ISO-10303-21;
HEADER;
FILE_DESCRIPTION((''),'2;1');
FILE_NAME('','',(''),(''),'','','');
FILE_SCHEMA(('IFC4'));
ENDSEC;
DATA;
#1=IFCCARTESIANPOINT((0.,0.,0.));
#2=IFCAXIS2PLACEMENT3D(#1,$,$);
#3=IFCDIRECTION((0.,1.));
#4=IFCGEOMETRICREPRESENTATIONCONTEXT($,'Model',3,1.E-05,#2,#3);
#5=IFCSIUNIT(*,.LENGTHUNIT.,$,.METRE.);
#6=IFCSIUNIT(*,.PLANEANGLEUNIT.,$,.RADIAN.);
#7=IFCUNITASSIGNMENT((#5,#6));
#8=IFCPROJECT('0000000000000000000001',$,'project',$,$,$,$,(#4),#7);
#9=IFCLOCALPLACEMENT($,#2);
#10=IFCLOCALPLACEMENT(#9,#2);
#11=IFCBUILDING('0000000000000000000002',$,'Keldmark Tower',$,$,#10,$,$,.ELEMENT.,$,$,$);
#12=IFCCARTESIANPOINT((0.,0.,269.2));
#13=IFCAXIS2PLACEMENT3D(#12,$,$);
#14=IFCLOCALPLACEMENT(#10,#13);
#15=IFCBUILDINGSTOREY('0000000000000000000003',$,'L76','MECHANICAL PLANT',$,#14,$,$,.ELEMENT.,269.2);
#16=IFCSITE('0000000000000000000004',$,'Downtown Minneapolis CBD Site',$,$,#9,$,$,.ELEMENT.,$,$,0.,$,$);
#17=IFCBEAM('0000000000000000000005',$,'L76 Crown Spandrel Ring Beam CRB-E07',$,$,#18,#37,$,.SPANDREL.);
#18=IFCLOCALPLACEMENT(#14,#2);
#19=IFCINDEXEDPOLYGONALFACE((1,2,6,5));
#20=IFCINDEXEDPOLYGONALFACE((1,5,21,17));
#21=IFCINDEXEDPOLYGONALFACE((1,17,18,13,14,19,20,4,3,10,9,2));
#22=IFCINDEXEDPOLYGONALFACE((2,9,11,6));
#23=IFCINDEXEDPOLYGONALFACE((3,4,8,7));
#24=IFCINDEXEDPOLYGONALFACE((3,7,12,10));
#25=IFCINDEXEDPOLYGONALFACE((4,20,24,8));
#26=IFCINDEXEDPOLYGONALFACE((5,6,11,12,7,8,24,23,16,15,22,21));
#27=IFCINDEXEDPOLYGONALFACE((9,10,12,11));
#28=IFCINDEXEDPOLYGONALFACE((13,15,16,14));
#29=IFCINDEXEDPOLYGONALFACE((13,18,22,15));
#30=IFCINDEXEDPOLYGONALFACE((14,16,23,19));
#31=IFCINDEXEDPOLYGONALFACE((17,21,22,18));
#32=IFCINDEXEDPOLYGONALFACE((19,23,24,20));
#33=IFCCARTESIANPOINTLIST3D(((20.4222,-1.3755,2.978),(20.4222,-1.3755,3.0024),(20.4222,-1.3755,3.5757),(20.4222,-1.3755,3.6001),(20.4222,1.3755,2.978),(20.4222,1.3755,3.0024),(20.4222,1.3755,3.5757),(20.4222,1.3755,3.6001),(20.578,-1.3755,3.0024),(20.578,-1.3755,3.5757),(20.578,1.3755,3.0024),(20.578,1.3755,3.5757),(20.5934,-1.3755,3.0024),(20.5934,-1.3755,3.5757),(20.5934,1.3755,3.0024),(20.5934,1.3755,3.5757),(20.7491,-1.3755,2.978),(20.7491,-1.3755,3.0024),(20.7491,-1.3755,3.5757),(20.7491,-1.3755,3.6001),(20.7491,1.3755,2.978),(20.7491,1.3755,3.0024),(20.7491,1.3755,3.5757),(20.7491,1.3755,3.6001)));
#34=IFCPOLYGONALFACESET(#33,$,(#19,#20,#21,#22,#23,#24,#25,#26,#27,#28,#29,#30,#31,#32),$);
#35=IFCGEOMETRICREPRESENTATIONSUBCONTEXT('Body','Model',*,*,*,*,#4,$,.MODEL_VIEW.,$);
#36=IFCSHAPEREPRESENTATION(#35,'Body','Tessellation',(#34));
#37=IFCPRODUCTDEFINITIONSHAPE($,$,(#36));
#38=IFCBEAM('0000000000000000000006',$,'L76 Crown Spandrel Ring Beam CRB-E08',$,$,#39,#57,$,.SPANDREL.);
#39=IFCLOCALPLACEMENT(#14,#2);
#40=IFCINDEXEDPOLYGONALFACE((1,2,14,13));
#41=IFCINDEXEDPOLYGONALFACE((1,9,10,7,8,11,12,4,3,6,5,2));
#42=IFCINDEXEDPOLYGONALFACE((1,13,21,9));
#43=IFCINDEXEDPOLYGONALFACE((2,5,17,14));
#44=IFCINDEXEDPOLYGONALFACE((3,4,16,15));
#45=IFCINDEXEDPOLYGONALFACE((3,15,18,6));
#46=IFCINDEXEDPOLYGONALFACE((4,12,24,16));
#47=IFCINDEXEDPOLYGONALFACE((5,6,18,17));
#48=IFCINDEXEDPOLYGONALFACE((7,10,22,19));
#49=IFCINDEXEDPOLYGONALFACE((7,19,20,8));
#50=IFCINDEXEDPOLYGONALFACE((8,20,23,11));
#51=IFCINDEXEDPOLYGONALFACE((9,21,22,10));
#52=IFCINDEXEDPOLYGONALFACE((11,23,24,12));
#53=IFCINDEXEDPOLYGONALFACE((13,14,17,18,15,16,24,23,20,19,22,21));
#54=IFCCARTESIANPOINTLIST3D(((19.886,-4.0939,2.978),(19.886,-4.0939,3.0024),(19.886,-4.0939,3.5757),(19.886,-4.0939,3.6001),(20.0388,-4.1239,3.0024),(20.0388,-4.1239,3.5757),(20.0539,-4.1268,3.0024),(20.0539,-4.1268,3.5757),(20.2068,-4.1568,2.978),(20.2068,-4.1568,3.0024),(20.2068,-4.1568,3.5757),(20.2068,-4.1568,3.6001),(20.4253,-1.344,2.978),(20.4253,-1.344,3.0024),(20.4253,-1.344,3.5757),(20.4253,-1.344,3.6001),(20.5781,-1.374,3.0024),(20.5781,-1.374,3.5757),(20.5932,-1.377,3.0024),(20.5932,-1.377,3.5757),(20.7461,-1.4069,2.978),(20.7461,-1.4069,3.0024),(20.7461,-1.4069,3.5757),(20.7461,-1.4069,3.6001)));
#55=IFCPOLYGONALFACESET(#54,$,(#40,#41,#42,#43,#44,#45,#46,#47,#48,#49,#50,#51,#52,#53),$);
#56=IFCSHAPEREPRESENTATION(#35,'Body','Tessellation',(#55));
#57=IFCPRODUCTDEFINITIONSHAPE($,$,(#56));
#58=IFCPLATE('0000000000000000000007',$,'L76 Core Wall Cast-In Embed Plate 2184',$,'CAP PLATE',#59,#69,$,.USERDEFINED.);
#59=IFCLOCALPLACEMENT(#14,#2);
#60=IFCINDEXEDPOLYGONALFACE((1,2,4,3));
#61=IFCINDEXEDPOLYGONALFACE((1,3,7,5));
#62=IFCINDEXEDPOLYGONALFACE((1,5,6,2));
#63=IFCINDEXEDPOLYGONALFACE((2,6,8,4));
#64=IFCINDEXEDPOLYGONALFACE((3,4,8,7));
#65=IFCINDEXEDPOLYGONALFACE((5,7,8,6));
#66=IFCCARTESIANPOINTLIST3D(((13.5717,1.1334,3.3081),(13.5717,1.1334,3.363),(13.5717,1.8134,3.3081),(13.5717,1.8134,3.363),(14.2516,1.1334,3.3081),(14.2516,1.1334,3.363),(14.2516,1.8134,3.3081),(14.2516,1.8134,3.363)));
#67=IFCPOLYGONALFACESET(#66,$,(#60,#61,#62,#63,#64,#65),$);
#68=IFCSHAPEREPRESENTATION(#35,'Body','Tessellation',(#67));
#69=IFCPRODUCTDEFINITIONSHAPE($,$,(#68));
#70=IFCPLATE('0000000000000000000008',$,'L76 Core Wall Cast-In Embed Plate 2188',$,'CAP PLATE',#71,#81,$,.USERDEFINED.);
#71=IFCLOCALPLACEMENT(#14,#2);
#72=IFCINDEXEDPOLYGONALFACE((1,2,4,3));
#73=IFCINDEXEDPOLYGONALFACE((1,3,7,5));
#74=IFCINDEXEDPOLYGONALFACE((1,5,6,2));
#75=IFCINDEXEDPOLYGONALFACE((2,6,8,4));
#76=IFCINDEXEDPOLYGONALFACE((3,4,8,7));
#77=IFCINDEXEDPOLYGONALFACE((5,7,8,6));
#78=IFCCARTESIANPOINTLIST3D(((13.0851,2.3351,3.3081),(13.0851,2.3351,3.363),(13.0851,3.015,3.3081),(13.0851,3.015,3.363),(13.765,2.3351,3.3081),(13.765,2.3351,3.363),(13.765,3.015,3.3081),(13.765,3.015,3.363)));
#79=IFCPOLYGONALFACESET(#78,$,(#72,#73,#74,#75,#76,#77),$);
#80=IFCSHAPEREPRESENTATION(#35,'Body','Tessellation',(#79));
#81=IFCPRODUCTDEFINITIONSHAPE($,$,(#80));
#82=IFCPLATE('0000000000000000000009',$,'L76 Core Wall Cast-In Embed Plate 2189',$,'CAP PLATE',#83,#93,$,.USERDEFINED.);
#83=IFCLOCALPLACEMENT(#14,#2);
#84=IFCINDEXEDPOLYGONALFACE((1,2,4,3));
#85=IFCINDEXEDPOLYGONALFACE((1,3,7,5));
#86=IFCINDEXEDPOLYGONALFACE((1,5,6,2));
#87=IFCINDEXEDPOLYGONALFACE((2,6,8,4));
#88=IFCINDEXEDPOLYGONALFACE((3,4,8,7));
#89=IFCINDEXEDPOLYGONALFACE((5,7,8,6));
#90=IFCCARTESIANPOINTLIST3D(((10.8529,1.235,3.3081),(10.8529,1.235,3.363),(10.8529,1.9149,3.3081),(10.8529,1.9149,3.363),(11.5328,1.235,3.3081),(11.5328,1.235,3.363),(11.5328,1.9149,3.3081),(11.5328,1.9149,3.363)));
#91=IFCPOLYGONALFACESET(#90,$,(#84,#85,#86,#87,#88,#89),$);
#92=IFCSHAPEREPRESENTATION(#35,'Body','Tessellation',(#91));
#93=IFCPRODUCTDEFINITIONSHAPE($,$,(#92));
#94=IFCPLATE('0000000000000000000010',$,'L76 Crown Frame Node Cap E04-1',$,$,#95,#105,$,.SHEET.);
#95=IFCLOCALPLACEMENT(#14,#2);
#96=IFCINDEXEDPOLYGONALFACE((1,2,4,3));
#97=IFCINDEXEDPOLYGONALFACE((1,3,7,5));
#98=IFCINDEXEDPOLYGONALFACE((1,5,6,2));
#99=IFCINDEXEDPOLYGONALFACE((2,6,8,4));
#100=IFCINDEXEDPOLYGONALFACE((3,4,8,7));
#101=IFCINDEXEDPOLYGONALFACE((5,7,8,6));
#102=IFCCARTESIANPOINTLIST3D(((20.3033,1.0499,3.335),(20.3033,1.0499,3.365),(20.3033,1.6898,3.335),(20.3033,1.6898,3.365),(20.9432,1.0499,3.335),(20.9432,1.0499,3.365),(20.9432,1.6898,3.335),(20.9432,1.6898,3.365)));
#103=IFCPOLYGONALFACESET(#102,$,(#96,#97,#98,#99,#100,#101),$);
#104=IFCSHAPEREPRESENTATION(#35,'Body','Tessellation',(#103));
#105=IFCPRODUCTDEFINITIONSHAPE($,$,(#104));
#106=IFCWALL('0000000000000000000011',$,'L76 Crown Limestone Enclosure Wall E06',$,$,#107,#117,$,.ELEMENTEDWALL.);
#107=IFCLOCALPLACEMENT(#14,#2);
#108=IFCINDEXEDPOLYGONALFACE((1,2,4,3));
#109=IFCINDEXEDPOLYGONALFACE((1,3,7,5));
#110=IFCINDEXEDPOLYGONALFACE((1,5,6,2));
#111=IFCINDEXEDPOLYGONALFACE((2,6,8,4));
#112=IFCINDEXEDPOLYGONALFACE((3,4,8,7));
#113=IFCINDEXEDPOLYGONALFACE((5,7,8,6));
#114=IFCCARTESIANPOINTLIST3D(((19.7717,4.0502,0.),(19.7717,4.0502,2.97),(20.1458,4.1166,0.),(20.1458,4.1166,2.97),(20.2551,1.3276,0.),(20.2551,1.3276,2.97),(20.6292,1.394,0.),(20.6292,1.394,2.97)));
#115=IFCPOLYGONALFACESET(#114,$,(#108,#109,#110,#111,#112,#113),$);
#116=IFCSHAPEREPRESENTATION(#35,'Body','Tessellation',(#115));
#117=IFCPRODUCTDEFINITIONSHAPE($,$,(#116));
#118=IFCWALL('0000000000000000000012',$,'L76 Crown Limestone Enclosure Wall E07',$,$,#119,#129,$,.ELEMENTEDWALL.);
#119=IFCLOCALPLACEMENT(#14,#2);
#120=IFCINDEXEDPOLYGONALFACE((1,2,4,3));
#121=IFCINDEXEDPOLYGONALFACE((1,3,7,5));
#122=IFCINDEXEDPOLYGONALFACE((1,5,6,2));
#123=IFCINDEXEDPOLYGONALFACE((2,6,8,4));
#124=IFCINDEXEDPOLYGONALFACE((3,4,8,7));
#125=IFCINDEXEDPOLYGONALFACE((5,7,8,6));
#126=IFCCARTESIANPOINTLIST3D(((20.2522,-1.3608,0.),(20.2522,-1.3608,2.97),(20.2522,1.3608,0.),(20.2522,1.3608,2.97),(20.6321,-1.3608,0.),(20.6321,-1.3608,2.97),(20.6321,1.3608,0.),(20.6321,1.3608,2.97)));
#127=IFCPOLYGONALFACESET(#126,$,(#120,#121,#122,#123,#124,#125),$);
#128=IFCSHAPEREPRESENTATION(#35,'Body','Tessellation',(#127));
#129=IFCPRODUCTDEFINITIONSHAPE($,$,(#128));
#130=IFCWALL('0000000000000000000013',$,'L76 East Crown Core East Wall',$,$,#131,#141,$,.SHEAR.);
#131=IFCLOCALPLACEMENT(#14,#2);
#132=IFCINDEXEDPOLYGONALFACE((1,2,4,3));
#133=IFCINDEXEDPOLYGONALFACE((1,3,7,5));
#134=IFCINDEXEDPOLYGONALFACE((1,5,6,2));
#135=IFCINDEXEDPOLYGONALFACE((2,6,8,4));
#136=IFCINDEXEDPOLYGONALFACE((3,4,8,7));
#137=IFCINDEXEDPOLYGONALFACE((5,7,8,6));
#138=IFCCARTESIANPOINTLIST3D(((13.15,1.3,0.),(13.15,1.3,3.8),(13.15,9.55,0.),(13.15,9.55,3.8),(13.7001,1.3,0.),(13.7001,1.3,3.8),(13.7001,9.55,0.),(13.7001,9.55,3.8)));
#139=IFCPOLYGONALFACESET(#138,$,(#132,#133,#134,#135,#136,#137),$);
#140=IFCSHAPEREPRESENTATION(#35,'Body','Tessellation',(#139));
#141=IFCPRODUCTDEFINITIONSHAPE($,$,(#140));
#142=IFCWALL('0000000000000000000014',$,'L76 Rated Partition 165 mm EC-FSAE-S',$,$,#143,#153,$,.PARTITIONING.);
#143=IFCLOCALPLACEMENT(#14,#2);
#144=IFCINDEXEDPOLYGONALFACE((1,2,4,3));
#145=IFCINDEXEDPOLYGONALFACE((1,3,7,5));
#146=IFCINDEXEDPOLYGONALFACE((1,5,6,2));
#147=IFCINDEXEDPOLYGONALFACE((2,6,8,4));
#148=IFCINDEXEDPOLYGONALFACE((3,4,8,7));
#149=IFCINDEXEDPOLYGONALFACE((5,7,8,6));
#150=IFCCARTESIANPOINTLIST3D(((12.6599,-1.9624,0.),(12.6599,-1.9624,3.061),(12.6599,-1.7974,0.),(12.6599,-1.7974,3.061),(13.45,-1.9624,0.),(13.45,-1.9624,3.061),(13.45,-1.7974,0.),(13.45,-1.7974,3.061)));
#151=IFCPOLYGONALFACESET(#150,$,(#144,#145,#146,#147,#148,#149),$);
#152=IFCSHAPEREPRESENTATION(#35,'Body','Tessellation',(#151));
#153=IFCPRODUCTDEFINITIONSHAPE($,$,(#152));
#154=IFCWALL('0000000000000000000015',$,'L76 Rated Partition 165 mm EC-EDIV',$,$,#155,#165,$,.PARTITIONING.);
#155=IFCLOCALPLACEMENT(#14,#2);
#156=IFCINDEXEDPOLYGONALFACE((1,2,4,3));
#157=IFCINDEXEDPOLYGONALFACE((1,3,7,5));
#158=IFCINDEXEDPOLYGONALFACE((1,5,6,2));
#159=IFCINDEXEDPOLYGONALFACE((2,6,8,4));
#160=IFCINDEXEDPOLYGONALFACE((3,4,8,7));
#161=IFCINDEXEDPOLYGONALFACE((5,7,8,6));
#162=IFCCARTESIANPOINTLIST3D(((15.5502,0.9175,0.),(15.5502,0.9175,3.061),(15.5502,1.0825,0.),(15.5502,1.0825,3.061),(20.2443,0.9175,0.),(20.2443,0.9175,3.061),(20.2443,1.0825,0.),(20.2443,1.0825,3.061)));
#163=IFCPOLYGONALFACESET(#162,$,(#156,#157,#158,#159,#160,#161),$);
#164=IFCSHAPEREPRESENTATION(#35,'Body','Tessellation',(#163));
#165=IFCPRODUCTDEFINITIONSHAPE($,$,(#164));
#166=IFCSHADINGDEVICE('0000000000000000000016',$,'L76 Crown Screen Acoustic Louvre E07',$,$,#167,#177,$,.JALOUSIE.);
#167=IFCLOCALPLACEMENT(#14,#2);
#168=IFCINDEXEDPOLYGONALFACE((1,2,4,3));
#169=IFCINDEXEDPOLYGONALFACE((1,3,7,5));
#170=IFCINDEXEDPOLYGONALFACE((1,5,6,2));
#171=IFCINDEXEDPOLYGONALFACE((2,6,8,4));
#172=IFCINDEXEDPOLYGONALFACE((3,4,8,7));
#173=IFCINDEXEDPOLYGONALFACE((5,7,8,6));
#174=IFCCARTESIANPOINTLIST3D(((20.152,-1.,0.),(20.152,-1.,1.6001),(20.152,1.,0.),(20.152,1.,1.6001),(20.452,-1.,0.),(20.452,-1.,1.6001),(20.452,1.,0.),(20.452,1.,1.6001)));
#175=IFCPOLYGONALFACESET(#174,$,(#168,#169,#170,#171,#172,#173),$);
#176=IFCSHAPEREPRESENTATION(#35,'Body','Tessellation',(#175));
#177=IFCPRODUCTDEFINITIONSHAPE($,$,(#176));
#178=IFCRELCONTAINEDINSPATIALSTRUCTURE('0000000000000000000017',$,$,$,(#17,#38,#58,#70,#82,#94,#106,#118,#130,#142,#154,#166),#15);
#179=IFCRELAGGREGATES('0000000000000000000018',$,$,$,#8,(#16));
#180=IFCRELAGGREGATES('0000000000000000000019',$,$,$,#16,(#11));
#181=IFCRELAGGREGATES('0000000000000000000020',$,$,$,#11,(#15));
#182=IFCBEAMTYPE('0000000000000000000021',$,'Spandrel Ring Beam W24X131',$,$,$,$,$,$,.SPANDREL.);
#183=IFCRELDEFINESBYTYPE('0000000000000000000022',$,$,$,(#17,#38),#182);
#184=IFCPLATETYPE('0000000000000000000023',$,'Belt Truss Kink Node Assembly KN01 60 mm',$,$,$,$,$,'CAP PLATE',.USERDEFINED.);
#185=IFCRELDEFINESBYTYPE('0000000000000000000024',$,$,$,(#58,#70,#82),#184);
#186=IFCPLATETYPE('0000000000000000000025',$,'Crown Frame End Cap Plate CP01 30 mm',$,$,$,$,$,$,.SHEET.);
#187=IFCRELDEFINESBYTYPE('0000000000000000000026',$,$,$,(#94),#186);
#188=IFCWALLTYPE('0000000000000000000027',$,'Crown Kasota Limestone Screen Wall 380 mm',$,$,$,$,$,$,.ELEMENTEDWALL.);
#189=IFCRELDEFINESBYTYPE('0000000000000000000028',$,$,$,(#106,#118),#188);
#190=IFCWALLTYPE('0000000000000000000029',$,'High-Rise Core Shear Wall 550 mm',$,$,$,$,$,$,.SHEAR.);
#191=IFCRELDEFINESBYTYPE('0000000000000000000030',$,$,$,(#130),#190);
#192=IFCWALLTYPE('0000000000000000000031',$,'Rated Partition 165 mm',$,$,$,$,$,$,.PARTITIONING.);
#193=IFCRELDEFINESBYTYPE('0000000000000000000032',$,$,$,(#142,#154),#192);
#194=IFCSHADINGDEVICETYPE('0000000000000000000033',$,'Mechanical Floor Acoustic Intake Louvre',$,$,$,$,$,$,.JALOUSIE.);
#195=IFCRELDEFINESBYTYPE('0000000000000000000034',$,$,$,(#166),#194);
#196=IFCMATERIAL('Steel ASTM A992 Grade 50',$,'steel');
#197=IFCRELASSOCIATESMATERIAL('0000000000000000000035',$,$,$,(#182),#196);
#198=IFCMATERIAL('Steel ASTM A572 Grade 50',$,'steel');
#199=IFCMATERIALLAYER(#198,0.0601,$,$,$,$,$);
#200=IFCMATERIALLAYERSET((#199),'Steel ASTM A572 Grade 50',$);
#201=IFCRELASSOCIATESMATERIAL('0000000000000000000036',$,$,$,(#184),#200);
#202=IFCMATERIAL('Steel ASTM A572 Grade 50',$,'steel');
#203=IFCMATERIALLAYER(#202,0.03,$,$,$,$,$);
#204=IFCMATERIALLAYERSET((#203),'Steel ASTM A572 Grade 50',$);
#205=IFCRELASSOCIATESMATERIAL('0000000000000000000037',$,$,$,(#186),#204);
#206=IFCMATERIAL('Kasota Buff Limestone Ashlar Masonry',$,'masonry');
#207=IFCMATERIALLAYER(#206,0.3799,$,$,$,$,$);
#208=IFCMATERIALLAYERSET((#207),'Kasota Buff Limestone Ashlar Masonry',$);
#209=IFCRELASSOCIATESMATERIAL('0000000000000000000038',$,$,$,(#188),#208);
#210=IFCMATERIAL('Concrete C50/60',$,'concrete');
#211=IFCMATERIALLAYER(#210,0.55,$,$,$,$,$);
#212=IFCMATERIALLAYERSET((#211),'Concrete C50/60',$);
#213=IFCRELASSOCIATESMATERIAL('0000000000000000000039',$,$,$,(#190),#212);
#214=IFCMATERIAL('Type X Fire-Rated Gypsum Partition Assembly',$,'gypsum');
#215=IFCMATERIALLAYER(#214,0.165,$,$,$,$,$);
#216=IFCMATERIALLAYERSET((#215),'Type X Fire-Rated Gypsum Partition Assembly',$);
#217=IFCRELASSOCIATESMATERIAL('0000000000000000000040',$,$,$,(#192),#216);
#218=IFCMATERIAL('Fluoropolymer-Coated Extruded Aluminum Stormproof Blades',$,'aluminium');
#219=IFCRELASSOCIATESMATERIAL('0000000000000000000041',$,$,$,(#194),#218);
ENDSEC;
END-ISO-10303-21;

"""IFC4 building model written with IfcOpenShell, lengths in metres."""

from ifc_helpers import new_model, si_unit, direction, frame, frame_2d, origin, origin_2d, place, context, subcontext, project, spatial, rectangle, i_section, extrude, material, layer, layer_set, material_profile, profile_set, type_object, element, save


model = new_model("IFC4")

# Units and contexts
model_context = context("Model", 3, precision=1e-05, world=origin(), true_north=direction((0.0, 1.0)))
body_context = subcontext(model_context, "Body", "Model", "MODEL_VIEW")
ifc_project = project(units=[si_unit("LENGTHUNIT", "METRE"), si_unit("PLANEANGLEUNIT", "RADIAN")], contexts=[model_context])

# Site, building, storey
site_placement = place(None, origin())
site = spatial("IfcSite", under=ifc_project, at=site_placement, Name="Downtown Minneapolis CBD Site", CompositionType="ELEMENT", RefElevation=0.0)
building_placement = place(site_placement, origin())
building = spatial("IfcBuilding", under=site, at=building_placement, Name="Keldmark Tower", CompositionType="ELEMENT")
storey_placement = place(building_placement, frame((0.0, 0.0, 269.2)))
storey = spatial("IfcBuildingStorey", under=building, at=storey_placement, Name="L76", Description="MECHANICAL PLANT", CompositionType="ELEMENT", Elevation=269.2)

# Beams
ifc_material_1 = material(Name="Steel ASTM A992 Grade 50", Category="steel")
ifc_material_profile_1 = material_profile(ifc_material_1, i_section(OverallWidth=0.3269, OverallDepth=0.6221, WebThickness=0.0154, FlangeThickness=0.0244, at=origin_2d()), Name="W24X131")
ifc_profile_set_1 = profile_set([ifc_material_profile_1], Name="Steel ASTM A992 Grade 50")
beam_type_1 = type_object("IfcBeamType", Name="Spandrel Ring Beam W24X131", PredefinedType="SPANDREL", material=ifc_profile_set_1)
beam_1_placement = place(storey_placement, frame((20.5857, 1.3755, 3.2891), z_axis=(0.0, -1.0, 0.0), x_axis=(1.0, 0.0, 0.0)))
element("IfcBeam", 1, at=beam_1_placement, inside=storey, type_object=beam_type_1, Name="L76 Crown Spandrel Ring Beam CRB-E07", PredefinedType="SPANDREL", context=body_context, shape_type="SweptSolid", body=[
    extrude(i_section(OverallWidth=0.3269, OverallDepth=0.6221, WebThickness=0.0154, FlangeThickness=0.0244, at=origin_2d()), origin(), (0.0, 0.0, 1.0), 2.751),
])
beam_2_placement = place(storey_placement, frame((20.5857, -1.3755, 3.2891), z_axis=(-0.192462, -0.981304, 0.0), x_axis=(0.981304, -0.192462, 0.0)))
element("IfcBeam", 2, at=beam_2_placement, inside=storey, type_object=beam_type_1, Name="L76 Crown Spandrel Ring Beam CRB-E08", PredefinedType="SPANDREL", context=body_context, shape_type="SweptSolid", body=[
    extrude(i_section(OverallWidth=0.3269, OverallDepth=0.6221, WebThickness=0.0154, FlangeThickness=0.0244, at=origin_2d()), origin(), (0.0, 0.0, 1.0), 2.8022),
])

# Plates
ifc_material_2 = material(Name="Steel ASTM A572 Grade 50", Category="steel")
ifc_layer_1 = layer(ifc_material_2, 0.0601)
ifc_layer_set_1 = layer_set([ifc_layer_1], Name="Steel ASTM A572 Grade 50")
plate_type_1 = type_object("IfcPlateType", Name="Belt Truss Kink Node Assembly KN01 60 mm", ElementType="CAP PLATE", PredefinedType="USERDEFINED", material=ifc_layer_set_1)
for number, where, z_axis, x_axis, name in (
    (3, (13.9116, 1.4734, 3.3081), (0.0, 0.0, 1.0), (1.0, 0.0, 0.0), "L76 Core Wall Cast-In Embed Plate 2184"),
    (4, (13.425, 2.675, 3.3081), (0.0, 0.0, 1.0), (1.0, 0.0, 0.0), "L76 Core Wall Cast-In Embed Plate 2188"),
    (5, (11.1929, 1.575, 3.3081), (0.0, 0.0, 1.0), (1.0, 0.0, 0.0), "L76 Core Wall Cast-In Embed Plate 2189"),
):
    element("IfcPlate", number, at=place(storey_placement, frame(where, z_axis=z_axis, x_axis=x_axis)), inside=storey, type_object=plate_type_1, Name=name, ObjectType="CAP PLATE", PredefinedType="USERDEFINED", context=body_context, shape_type="SweptSolid", body=[
        extrude(rectangle(XDim=0.6799, YDim=0.6799, at=origin_2d()), origin(), (0.0, 0.0, 1.0), 0.0549),
    ])
ifc_material_3 = material(Name="Steel ASTM A572 Grade 50", Category="steel")
ifc_layer_2 = layer(ifc_material_3, 0.03)
ifc_layer_set_2 = layer_set([ifc_layer_2], Name="Steel ASTM A572 Grade 50")
plate_type_2 = type_object("IfcPlateType", Name="Crown Frame End Cap Plate CP01 30 mm", PredefinedType="SHEET", material=ifc_layer_set_2)
plate_placement = place(storey_placement, frame((20.6233, 1.3699, 3.335), z_axis=(0.0, 0.0, 1.0), x_axis=(1.0, 0.0, 0.0)))
element("IfcPlate", 6, at=plate_placement, inside=storey, type_object=plate_type_2, Name="L76 Crown Frame Node Cap E04-1", PredefinedType="SHEET", context=body_context, shape_type="SweptSolid", body=[
    extrude(rectangle(XDim=0.6399, YDim=0.6399, at=origin_2d()), origin(), (0.0, 0.0, 1.0), 0.03),
])

# Walls
ifc_material_4 = material(Name="Kasota Buff Limestone Ashlar Masonry", Category="masonry")
ifc_layer_3 = layer(ifc_material_4, 0.3799)
ifc_layer_set_3 = layer_set([ifc_layer_3], Name="Kasota Buff Limestone Ashlar Masonry")
wall_type_1 = type_object("IfcWallType", Name="Crown Kasota Limestone Screen Wall 380 mm", PredefinedType="ELEMENTEDWALL", material=ifc_layer_set_3)
wall_1_placement = place(storey_placement, frame((20.4421, 1.3608, 0.0), z_axis=(0.0, 0.0, 1.0), x_axis=(-0.174813, 0.984602, 0.0)))
element("IfcWall", 7, at=wall_1_placement, inside=storey, type_object=wall_type_1, Name="L76 Crown Limestone Enclosure Wall E06", PredefinedType="ELEMENTEDWALL", context=body_context, shape_type="SweptSolid", body=[
    extrude(rectangle(XDim=2.7651, YDim=0.3799, at=frame_2d((1.3826, 0.0))), origin(), (0.0, 0.0, 1.0), 2.97),
])
wall_2_placement = place(storey_placement, frame((20.4421, -1.3608, 0.0), z_axis=(0.0, 0.0, 1.0), x_axis=(0.0, 1.0, 0.0)))
element("IfcWall", 8, at=wall_2_placement, inside=storey, type_object=wall_type_1, Name="L76 Crown Limestone Enclosure Wall E07", PredefinedType="ELEMENTEDWALL", context=body_context, shape_type="SweptSolid", body=[
    extrude(rectangle(XDim=2.7217, YDim=0.3799, at=frame_2d((1.3608, 0.0))), origin(), (0.0, 0.0, 1.0), 2.97),
])
ifc_material_5 = material(Name="Concrete C50/60", Category="concrete")
ifc_layer_4 = layer(ifc_material_5, 0.55)
ifc_layer_set_4 = layer_set([ifc_layer_4], Name="Concrete C50/60")
wall_type_2 = type_object("IfcWallType", Name="High-Rise Core Shear Wall 550 mm", PredefinedType="SHEAR", material=ifc_layer_set_4)
wall_3_placement = place(storey_placement, frame((13.425, 1.3, 0.0), z_axis=(0.0, 0.0, 1.0), x_axis=(0.0, 1.0, 0.0)))
element("IfcWall", 9, at=wall_3_placement, inside=storey, type_object=wall_type_2, Name="L76 East Crown Core East Wall", PredefinedType="SHEAR", context=body_context, shape_type="SweptSolid", body=[
    extrude(rectangle(XDim=8.25, YDim=0.55, at=frame_2d((4.125, 0.0))), origin(), (0.0, 0.0, 1.0), 3.8),
])

# Shared definitions
ifc_material_6 = material(Name="Type X Fire-Rated Gypsum Partition Assembly", Category="gypsum")
ifc_layer_5 = layer(ifc_material_6, 0.165)
ifc_layer_set_5 = layer_set([ifc_layer_5], Name="Type X Fire-Rated Gypsum Partition Assembly")
wall_type_3 = type_object("IfcWallType", Name="Rated Partition 165 mm", PredefinedType="PARTITIONING", material=ifc_layer_set_5)

# Walls
wall_4_placement = place(storey_placement, frame((12.6599, -1.8799, 0.0), z_axis=(0.0, 0.0, 1.0), x_axis=(1.0, 0.0, 0.0)))
element("IfcWall", 10, at=wall_4_placement, inside=storey, type_object=wall_type_3, Name="L76 Rated Partition 165 mm EC-FSAE-S", PredefinedType="PARTITIONING", context=body_context, shape_type="SweptSolid", body=[
    extrude(rectangle(XDim=0.79, YDim=0.165, at=frame_2d((0.395, 0.0))), origin(), (0.0, 0.0, 1.0), 3.061),
])
wall_5_placement = place(storey_placement, frame((15.55, 1.0, 0.0), z_axis=(0.0, 0.0, 1.0), x_axis=(1.0, 0.0, 0.0)))
element("IfcWall", 11, at=wall_5_placement, inside=storey, type_object=wall_type_3, Name="L76 Rated Partition 165 mm EC-EDIV", PredefinedType="PARTITIONING", context=body_context, shape_type="SweptSolid", body=[
    extrude(rectangle(XDim=4.6941, YDim=0.165, at=frame_2d((2.3472, 0.0))), origin(), (0.0, 0.0, 1.0), 3.061),
])

# Shading device
ifc_material_7 = material(Name="Fluoropolymer-Coated Extruded Aluminum Stormproof Blades", Category="aluminium")
shading_device_type = type_object("IfcShadingDeviceType", Name="Mechanical Floor Acoustic Intake Louvre", PredefinedType="JALOUSIE", material=ifc_material_7)
shading_device_placement = place(storey_placement, frame((20.302, 0.0, 0.0), z_axis=(0.0, 0.0, 1.0), x_axis=(0.0, 1.0, 0.0)))
element("IfcShadingDevice", 12, at=shading_device_placement, inside=storey, type_object=shading_device_type, Name="L76 Crown Screen Acoustic Louvre E07", PredefinedType="JALOUSIE", context=body_context, shape_type="SweptSolid", body=[
    extrude(rectangle(XDim=2.0, YDim=0.3, at=origin_2d()), origin(), (0.0, 0.0, 1.0), 1.6001),
])

save(model, "model.ifc")
